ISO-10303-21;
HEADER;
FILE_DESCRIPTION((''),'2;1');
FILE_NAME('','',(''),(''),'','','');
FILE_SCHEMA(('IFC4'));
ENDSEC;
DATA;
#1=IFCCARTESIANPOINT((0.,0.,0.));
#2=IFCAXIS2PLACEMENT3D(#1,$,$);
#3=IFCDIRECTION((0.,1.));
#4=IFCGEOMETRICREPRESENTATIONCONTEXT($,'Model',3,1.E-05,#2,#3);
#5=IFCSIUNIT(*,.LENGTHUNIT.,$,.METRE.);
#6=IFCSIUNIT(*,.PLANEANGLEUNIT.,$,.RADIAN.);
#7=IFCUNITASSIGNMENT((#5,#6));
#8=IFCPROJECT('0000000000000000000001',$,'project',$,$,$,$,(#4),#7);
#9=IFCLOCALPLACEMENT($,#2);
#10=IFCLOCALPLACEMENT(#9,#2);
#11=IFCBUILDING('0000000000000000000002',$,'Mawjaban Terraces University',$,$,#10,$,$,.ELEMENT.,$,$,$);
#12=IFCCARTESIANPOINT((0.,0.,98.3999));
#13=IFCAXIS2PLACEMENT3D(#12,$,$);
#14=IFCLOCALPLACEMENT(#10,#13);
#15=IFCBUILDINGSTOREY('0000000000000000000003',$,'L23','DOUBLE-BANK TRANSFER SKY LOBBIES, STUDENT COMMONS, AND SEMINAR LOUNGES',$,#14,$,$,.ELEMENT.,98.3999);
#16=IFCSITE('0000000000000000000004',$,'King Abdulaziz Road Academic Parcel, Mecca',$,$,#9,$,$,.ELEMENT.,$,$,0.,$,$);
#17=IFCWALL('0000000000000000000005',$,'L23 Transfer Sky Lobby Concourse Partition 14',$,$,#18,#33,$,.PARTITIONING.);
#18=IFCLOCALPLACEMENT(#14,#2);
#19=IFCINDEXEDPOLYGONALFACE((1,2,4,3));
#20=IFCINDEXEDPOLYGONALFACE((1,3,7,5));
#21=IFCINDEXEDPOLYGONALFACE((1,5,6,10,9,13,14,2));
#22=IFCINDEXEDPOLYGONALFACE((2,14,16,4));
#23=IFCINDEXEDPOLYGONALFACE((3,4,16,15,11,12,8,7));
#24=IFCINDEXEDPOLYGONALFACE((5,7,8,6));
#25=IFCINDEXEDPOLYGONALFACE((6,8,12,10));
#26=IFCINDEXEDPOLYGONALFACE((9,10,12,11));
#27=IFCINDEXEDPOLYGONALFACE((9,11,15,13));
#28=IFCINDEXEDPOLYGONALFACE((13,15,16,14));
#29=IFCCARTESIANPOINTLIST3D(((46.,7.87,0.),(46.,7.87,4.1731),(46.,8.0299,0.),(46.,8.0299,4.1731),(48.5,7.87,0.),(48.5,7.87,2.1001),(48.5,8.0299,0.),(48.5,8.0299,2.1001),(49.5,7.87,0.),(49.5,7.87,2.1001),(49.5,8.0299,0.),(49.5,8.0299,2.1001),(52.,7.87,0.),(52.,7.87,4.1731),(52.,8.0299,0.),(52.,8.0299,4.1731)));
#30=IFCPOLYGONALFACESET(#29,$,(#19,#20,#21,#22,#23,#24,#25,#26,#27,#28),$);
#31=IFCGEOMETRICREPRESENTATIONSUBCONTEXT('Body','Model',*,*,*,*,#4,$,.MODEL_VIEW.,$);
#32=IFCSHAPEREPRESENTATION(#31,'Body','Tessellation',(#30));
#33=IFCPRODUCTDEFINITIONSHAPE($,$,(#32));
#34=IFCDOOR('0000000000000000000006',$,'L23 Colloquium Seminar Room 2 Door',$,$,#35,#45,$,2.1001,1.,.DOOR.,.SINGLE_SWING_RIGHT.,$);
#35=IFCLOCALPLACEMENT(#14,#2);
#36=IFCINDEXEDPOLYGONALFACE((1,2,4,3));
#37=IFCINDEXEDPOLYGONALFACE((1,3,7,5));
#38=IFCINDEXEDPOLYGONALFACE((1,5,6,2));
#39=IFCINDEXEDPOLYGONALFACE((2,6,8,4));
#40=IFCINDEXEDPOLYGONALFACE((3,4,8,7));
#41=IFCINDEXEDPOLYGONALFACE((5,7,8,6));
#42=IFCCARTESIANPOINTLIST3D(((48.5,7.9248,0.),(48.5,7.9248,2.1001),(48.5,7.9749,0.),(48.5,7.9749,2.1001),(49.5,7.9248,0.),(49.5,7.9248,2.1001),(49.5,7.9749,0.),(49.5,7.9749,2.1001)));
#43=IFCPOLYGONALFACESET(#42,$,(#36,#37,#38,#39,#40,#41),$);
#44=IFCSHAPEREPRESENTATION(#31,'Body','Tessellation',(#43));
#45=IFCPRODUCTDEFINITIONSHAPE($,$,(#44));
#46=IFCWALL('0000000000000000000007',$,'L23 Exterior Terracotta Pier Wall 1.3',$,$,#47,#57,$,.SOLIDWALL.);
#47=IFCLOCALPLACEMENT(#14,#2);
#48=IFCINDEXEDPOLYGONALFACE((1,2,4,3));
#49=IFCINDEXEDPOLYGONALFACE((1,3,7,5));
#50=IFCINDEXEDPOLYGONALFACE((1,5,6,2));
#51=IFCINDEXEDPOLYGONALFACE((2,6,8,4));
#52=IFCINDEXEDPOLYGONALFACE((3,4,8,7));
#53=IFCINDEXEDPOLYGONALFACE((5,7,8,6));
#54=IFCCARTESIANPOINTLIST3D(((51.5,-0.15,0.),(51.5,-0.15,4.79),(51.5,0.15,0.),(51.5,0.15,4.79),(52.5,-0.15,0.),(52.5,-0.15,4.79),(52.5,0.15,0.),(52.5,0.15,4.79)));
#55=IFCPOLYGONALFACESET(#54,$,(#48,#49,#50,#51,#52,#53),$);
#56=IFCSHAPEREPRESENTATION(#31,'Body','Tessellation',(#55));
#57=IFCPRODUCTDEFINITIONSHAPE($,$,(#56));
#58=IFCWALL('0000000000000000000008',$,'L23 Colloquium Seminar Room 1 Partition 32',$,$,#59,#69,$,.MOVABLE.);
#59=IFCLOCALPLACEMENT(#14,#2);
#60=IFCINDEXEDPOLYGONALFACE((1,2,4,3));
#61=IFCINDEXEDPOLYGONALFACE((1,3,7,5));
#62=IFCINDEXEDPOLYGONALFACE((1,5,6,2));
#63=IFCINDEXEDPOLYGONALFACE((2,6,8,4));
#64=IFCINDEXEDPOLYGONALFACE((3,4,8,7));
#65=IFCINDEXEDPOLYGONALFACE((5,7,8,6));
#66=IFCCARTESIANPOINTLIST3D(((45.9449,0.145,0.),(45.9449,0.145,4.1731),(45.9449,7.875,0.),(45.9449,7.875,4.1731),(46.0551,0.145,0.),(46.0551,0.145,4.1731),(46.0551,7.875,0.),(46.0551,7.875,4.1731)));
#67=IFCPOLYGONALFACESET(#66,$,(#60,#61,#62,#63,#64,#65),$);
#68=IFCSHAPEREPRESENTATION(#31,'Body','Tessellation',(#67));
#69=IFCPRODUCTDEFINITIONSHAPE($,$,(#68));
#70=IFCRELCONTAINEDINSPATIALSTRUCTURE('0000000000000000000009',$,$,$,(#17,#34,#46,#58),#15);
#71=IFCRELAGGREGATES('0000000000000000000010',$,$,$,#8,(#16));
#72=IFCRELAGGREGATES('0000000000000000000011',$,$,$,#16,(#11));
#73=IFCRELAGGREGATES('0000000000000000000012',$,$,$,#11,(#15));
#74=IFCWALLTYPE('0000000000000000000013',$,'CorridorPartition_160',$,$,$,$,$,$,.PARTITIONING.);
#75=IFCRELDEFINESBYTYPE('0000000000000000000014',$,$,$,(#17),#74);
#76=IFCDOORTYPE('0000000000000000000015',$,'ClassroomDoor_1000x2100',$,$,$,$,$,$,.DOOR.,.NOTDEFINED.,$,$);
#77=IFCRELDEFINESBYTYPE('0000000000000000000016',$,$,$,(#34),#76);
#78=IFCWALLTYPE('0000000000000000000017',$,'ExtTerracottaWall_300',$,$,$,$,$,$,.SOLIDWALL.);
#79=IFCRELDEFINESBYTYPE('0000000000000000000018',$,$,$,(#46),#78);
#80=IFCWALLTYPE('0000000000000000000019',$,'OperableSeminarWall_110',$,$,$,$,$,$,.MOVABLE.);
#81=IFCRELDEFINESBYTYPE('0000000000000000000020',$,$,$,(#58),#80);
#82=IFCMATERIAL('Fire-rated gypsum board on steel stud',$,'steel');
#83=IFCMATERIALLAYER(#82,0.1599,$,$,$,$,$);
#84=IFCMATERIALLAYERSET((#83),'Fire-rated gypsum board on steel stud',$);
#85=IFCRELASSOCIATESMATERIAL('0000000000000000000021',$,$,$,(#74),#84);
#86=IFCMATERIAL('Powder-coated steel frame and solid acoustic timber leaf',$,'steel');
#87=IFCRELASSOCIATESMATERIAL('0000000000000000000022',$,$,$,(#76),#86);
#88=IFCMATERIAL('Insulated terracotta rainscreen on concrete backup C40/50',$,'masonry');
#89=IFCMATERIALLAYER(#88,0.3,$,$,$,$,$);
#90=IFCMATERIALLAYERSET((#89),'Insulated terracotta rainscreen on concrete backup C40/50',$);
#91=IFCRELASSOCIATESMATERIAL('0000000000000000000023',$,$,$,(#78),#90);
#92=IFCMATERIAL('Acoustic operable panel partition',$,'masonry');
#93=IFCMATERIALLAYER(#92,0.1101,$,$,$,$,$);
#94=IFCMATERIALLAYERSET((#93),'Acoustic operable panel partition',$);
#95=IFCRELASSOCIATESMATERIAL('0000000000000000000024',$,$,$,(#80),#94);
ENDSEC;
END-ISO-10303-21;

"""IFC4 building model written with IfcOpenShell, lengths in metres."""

from ifc_helpers import new_model, si_unit, direction, frame, frame_2d, origin, place, context, subcontext, project, spatial, rectangle, extrude, material, layer, layer_set, type_object, element, fill, save


model = new_model("IFC4")

# Units and contexts
model_context = context("Model", 3, precision=1e-05, world=origin(), true_north=direction((0.0, 1.0)))
body_context = subcontext(model_context, "Body", "Model", "MODEL_VIEW")
ifc_project = project(units=[si_unit("LENGTHUNIT", "METRE"), si_unit("PLANEANGLEUNIT", "RADIAN")], contexts=[model_context])

# Site, building, storey
site_placement = place(None, origin())
site = spatial("IfcSite", under=ifc_project, at=site_placement, Name="King Abdulaziz Road Academic Parcel, Mecca", CompositionType="ELEMENT", RefElevation=0.0)
building_placement = place(site_placement, origin())
building = spatial("IfcBuilding", under=site, at=building_placement, Name="Mawjaban Terraces University", CompositionType="ELEMENT")
storey_placement = place(building_placement, frame((0.0, 0.0, 98.3999)))
storey = spatial("IfcBuildingStorey", under=building, at=storey_placement, Name="L23", Description="DOUBLE-BANK TRANSFER SKY LOBBIES, STUDENT COMMONS, AND SEMINAR LOUNGES", CompositionType="ELEMENT", Elevation=98.3999)

# Wall, opening, door
ifc_material_1 = material(Name="Fire-rated gypsum board on steel stud", Category="steel")
ifc_layer_1 = layer(ifc_material_1, 0.1599)
ifc_layer_set_1 = layer_set([ifc_layer_1], Name="Fire-rated gypsum board on steel stud")
wall_type_1 = type_object("IfcWallType", Name="CorridorPartition_160", PredefinedType="PARTITIONING", material=ifc_layer_set_1)
wall_1_placement = place(storey_placement, frame((46.0, 7.95, 0.0), z_axis=(0.0, 0.0, 1.0), x_axis=(1.0, 0.0, 0.0)))
wall_1 = element("IfcWall", 1, at=wall_1_placement, inside=storey, type_object=wall_type_1, Name="L23 Transfer Sky Lobby Concourse Partition 14", PredefinedType="PARTITIONING", context=body_context, shape_type="SweptSolid", body=[
    extrude(rectangle(XDim=6.0, YDim=0.1599, at=frame_2d((3.0, 0.0))), origin(), (0.0, 0.0, 1.0), 4.1731),
])
opening_placement = place(wall_1_placement, frame((2.5, 0.0, 0.0)))
opening = element("IfcOpeningElement", 2, at=opening_placement, cuts=wall_1, PredefinedType="OPENING", context=body_context, shape_type="SweptSolid", body=[
    extrude(rectangle(XDim=1.0, YDim=2.1001, at=frame_2d((0.5, 1.05))), frame((0.0, 0.0898, 0.0), z_axis=(0.0, -1.0, 0.0), x_axis=(1.0, 0.0, 0.0)), (0.0, 0.0, 1.0), 0.1799),
])
ifc_material_2 = material(Name="Powder-coated steel frame and solid acoustic timber leaf", Category="steel")
door_type = type_object("IfcDoorType", Name="ClassroomDoor_1000x2100", OperationType="NOTDEFINED", PredefinedType="DOOR", material=ifc_material_2)
door_placement = place(opening_placement, origin())
door = element("IfcDoor", 3, at=door_placement, inside=storey, type_object=door_type, Name="L23 Colloquium Seminar Room 2 Door", OperationType="SINGLE_SWING_RIGHT", OverallHeight=2.1001, OverallWidth=1.0, PredefinedType="DOOR", context=body_context, shape_type="SweptSolid", body=[
    extrude(rectangle(XDim=1.0, YDim=2.1001, at=frame_2d((0.5, 1.05))), frame((0.0, 0.0249, 0.0), z_axis=(0.0, -1.0, 0.0), x_axis=(1.0, 0.0, 0.0)), (0.0, 0.0, 1.0), 0.05),
])
fill(opening, door)

# Walls
ifc_material_3 = material(Name="Insulated terracotta rainscreen on concrete backup C40/50", Category="masonry")
ifc_layer_2 = layer(ifc_material_3, 0.3)
ifc_layer_set_2 = layer_set([ifc_layer_2], Name="Insulated terracotta rainscreen on concrete backup C40/50")
wall_type_2 = type_object("IfcWallType", Name="ExtTerracottaWall_300", PredefinedType="SOLIDWALL", material=ifc_layer_set_2)
wall_2_placement = place(storey_placement, frame((51.5, 0.0, 0.0), z_axis=(0.0, 0.0, 1.0), x_axis=(1.0, 0.0, 0.0)))
element("IfcWall", 4, at=wall_2_placement, inside=storey, type_object=wall_type_2, Name="L23 Exterior Terracotta Pier Wall 1.3", PredefinedType="SOLIDWALL", context=body_context, shape_type="SweptSolid", body=[
    extrude(rectangle(XDim=1.0, YDim=0.3, at=frame_2d((0.5, 0.0))), origin(), (0.0, 0.0, 1.0), 4.79),
])
ifc_material_4 = material(Name="Acoustic operable panel partition", Category="masonry")
ifc_layer_3 = layer(ifc_material_4, 0.1101)
ifc_layer_set_3 = layer_set([ifc_layer_3], Name="Acoustic operable panel partition")
wall_type_3 = type_object("IfcWallType", Name="OperableSeminarWall_110", PredefinedType="MOVABLE", material=ifc_layer_set_3)
wall_3_placement = place(storey_placement, frame((46.0, 0.145, 0.0), z_axis=(0.0, 0.0, 1.0), x_axis=(0.0, 1.0, 0.0)))
element("IfcWall", 5, at=wall_3_placement, inside=storey, type_object=wall_type_3, Name="L23 Colloquium Seminar Room 1 Partition 32", PredefinedType="MOVABLE", context=body_context, shape_type="SweptSolid", body=[
    extrude(rectangle(XDim=7.73, YDim=0.1101, at=frame_2d((3.865, 0.0))), origin(), (0.0, 0.0, 1.0), 4.1731),
])

save(model, "model.ifc")
